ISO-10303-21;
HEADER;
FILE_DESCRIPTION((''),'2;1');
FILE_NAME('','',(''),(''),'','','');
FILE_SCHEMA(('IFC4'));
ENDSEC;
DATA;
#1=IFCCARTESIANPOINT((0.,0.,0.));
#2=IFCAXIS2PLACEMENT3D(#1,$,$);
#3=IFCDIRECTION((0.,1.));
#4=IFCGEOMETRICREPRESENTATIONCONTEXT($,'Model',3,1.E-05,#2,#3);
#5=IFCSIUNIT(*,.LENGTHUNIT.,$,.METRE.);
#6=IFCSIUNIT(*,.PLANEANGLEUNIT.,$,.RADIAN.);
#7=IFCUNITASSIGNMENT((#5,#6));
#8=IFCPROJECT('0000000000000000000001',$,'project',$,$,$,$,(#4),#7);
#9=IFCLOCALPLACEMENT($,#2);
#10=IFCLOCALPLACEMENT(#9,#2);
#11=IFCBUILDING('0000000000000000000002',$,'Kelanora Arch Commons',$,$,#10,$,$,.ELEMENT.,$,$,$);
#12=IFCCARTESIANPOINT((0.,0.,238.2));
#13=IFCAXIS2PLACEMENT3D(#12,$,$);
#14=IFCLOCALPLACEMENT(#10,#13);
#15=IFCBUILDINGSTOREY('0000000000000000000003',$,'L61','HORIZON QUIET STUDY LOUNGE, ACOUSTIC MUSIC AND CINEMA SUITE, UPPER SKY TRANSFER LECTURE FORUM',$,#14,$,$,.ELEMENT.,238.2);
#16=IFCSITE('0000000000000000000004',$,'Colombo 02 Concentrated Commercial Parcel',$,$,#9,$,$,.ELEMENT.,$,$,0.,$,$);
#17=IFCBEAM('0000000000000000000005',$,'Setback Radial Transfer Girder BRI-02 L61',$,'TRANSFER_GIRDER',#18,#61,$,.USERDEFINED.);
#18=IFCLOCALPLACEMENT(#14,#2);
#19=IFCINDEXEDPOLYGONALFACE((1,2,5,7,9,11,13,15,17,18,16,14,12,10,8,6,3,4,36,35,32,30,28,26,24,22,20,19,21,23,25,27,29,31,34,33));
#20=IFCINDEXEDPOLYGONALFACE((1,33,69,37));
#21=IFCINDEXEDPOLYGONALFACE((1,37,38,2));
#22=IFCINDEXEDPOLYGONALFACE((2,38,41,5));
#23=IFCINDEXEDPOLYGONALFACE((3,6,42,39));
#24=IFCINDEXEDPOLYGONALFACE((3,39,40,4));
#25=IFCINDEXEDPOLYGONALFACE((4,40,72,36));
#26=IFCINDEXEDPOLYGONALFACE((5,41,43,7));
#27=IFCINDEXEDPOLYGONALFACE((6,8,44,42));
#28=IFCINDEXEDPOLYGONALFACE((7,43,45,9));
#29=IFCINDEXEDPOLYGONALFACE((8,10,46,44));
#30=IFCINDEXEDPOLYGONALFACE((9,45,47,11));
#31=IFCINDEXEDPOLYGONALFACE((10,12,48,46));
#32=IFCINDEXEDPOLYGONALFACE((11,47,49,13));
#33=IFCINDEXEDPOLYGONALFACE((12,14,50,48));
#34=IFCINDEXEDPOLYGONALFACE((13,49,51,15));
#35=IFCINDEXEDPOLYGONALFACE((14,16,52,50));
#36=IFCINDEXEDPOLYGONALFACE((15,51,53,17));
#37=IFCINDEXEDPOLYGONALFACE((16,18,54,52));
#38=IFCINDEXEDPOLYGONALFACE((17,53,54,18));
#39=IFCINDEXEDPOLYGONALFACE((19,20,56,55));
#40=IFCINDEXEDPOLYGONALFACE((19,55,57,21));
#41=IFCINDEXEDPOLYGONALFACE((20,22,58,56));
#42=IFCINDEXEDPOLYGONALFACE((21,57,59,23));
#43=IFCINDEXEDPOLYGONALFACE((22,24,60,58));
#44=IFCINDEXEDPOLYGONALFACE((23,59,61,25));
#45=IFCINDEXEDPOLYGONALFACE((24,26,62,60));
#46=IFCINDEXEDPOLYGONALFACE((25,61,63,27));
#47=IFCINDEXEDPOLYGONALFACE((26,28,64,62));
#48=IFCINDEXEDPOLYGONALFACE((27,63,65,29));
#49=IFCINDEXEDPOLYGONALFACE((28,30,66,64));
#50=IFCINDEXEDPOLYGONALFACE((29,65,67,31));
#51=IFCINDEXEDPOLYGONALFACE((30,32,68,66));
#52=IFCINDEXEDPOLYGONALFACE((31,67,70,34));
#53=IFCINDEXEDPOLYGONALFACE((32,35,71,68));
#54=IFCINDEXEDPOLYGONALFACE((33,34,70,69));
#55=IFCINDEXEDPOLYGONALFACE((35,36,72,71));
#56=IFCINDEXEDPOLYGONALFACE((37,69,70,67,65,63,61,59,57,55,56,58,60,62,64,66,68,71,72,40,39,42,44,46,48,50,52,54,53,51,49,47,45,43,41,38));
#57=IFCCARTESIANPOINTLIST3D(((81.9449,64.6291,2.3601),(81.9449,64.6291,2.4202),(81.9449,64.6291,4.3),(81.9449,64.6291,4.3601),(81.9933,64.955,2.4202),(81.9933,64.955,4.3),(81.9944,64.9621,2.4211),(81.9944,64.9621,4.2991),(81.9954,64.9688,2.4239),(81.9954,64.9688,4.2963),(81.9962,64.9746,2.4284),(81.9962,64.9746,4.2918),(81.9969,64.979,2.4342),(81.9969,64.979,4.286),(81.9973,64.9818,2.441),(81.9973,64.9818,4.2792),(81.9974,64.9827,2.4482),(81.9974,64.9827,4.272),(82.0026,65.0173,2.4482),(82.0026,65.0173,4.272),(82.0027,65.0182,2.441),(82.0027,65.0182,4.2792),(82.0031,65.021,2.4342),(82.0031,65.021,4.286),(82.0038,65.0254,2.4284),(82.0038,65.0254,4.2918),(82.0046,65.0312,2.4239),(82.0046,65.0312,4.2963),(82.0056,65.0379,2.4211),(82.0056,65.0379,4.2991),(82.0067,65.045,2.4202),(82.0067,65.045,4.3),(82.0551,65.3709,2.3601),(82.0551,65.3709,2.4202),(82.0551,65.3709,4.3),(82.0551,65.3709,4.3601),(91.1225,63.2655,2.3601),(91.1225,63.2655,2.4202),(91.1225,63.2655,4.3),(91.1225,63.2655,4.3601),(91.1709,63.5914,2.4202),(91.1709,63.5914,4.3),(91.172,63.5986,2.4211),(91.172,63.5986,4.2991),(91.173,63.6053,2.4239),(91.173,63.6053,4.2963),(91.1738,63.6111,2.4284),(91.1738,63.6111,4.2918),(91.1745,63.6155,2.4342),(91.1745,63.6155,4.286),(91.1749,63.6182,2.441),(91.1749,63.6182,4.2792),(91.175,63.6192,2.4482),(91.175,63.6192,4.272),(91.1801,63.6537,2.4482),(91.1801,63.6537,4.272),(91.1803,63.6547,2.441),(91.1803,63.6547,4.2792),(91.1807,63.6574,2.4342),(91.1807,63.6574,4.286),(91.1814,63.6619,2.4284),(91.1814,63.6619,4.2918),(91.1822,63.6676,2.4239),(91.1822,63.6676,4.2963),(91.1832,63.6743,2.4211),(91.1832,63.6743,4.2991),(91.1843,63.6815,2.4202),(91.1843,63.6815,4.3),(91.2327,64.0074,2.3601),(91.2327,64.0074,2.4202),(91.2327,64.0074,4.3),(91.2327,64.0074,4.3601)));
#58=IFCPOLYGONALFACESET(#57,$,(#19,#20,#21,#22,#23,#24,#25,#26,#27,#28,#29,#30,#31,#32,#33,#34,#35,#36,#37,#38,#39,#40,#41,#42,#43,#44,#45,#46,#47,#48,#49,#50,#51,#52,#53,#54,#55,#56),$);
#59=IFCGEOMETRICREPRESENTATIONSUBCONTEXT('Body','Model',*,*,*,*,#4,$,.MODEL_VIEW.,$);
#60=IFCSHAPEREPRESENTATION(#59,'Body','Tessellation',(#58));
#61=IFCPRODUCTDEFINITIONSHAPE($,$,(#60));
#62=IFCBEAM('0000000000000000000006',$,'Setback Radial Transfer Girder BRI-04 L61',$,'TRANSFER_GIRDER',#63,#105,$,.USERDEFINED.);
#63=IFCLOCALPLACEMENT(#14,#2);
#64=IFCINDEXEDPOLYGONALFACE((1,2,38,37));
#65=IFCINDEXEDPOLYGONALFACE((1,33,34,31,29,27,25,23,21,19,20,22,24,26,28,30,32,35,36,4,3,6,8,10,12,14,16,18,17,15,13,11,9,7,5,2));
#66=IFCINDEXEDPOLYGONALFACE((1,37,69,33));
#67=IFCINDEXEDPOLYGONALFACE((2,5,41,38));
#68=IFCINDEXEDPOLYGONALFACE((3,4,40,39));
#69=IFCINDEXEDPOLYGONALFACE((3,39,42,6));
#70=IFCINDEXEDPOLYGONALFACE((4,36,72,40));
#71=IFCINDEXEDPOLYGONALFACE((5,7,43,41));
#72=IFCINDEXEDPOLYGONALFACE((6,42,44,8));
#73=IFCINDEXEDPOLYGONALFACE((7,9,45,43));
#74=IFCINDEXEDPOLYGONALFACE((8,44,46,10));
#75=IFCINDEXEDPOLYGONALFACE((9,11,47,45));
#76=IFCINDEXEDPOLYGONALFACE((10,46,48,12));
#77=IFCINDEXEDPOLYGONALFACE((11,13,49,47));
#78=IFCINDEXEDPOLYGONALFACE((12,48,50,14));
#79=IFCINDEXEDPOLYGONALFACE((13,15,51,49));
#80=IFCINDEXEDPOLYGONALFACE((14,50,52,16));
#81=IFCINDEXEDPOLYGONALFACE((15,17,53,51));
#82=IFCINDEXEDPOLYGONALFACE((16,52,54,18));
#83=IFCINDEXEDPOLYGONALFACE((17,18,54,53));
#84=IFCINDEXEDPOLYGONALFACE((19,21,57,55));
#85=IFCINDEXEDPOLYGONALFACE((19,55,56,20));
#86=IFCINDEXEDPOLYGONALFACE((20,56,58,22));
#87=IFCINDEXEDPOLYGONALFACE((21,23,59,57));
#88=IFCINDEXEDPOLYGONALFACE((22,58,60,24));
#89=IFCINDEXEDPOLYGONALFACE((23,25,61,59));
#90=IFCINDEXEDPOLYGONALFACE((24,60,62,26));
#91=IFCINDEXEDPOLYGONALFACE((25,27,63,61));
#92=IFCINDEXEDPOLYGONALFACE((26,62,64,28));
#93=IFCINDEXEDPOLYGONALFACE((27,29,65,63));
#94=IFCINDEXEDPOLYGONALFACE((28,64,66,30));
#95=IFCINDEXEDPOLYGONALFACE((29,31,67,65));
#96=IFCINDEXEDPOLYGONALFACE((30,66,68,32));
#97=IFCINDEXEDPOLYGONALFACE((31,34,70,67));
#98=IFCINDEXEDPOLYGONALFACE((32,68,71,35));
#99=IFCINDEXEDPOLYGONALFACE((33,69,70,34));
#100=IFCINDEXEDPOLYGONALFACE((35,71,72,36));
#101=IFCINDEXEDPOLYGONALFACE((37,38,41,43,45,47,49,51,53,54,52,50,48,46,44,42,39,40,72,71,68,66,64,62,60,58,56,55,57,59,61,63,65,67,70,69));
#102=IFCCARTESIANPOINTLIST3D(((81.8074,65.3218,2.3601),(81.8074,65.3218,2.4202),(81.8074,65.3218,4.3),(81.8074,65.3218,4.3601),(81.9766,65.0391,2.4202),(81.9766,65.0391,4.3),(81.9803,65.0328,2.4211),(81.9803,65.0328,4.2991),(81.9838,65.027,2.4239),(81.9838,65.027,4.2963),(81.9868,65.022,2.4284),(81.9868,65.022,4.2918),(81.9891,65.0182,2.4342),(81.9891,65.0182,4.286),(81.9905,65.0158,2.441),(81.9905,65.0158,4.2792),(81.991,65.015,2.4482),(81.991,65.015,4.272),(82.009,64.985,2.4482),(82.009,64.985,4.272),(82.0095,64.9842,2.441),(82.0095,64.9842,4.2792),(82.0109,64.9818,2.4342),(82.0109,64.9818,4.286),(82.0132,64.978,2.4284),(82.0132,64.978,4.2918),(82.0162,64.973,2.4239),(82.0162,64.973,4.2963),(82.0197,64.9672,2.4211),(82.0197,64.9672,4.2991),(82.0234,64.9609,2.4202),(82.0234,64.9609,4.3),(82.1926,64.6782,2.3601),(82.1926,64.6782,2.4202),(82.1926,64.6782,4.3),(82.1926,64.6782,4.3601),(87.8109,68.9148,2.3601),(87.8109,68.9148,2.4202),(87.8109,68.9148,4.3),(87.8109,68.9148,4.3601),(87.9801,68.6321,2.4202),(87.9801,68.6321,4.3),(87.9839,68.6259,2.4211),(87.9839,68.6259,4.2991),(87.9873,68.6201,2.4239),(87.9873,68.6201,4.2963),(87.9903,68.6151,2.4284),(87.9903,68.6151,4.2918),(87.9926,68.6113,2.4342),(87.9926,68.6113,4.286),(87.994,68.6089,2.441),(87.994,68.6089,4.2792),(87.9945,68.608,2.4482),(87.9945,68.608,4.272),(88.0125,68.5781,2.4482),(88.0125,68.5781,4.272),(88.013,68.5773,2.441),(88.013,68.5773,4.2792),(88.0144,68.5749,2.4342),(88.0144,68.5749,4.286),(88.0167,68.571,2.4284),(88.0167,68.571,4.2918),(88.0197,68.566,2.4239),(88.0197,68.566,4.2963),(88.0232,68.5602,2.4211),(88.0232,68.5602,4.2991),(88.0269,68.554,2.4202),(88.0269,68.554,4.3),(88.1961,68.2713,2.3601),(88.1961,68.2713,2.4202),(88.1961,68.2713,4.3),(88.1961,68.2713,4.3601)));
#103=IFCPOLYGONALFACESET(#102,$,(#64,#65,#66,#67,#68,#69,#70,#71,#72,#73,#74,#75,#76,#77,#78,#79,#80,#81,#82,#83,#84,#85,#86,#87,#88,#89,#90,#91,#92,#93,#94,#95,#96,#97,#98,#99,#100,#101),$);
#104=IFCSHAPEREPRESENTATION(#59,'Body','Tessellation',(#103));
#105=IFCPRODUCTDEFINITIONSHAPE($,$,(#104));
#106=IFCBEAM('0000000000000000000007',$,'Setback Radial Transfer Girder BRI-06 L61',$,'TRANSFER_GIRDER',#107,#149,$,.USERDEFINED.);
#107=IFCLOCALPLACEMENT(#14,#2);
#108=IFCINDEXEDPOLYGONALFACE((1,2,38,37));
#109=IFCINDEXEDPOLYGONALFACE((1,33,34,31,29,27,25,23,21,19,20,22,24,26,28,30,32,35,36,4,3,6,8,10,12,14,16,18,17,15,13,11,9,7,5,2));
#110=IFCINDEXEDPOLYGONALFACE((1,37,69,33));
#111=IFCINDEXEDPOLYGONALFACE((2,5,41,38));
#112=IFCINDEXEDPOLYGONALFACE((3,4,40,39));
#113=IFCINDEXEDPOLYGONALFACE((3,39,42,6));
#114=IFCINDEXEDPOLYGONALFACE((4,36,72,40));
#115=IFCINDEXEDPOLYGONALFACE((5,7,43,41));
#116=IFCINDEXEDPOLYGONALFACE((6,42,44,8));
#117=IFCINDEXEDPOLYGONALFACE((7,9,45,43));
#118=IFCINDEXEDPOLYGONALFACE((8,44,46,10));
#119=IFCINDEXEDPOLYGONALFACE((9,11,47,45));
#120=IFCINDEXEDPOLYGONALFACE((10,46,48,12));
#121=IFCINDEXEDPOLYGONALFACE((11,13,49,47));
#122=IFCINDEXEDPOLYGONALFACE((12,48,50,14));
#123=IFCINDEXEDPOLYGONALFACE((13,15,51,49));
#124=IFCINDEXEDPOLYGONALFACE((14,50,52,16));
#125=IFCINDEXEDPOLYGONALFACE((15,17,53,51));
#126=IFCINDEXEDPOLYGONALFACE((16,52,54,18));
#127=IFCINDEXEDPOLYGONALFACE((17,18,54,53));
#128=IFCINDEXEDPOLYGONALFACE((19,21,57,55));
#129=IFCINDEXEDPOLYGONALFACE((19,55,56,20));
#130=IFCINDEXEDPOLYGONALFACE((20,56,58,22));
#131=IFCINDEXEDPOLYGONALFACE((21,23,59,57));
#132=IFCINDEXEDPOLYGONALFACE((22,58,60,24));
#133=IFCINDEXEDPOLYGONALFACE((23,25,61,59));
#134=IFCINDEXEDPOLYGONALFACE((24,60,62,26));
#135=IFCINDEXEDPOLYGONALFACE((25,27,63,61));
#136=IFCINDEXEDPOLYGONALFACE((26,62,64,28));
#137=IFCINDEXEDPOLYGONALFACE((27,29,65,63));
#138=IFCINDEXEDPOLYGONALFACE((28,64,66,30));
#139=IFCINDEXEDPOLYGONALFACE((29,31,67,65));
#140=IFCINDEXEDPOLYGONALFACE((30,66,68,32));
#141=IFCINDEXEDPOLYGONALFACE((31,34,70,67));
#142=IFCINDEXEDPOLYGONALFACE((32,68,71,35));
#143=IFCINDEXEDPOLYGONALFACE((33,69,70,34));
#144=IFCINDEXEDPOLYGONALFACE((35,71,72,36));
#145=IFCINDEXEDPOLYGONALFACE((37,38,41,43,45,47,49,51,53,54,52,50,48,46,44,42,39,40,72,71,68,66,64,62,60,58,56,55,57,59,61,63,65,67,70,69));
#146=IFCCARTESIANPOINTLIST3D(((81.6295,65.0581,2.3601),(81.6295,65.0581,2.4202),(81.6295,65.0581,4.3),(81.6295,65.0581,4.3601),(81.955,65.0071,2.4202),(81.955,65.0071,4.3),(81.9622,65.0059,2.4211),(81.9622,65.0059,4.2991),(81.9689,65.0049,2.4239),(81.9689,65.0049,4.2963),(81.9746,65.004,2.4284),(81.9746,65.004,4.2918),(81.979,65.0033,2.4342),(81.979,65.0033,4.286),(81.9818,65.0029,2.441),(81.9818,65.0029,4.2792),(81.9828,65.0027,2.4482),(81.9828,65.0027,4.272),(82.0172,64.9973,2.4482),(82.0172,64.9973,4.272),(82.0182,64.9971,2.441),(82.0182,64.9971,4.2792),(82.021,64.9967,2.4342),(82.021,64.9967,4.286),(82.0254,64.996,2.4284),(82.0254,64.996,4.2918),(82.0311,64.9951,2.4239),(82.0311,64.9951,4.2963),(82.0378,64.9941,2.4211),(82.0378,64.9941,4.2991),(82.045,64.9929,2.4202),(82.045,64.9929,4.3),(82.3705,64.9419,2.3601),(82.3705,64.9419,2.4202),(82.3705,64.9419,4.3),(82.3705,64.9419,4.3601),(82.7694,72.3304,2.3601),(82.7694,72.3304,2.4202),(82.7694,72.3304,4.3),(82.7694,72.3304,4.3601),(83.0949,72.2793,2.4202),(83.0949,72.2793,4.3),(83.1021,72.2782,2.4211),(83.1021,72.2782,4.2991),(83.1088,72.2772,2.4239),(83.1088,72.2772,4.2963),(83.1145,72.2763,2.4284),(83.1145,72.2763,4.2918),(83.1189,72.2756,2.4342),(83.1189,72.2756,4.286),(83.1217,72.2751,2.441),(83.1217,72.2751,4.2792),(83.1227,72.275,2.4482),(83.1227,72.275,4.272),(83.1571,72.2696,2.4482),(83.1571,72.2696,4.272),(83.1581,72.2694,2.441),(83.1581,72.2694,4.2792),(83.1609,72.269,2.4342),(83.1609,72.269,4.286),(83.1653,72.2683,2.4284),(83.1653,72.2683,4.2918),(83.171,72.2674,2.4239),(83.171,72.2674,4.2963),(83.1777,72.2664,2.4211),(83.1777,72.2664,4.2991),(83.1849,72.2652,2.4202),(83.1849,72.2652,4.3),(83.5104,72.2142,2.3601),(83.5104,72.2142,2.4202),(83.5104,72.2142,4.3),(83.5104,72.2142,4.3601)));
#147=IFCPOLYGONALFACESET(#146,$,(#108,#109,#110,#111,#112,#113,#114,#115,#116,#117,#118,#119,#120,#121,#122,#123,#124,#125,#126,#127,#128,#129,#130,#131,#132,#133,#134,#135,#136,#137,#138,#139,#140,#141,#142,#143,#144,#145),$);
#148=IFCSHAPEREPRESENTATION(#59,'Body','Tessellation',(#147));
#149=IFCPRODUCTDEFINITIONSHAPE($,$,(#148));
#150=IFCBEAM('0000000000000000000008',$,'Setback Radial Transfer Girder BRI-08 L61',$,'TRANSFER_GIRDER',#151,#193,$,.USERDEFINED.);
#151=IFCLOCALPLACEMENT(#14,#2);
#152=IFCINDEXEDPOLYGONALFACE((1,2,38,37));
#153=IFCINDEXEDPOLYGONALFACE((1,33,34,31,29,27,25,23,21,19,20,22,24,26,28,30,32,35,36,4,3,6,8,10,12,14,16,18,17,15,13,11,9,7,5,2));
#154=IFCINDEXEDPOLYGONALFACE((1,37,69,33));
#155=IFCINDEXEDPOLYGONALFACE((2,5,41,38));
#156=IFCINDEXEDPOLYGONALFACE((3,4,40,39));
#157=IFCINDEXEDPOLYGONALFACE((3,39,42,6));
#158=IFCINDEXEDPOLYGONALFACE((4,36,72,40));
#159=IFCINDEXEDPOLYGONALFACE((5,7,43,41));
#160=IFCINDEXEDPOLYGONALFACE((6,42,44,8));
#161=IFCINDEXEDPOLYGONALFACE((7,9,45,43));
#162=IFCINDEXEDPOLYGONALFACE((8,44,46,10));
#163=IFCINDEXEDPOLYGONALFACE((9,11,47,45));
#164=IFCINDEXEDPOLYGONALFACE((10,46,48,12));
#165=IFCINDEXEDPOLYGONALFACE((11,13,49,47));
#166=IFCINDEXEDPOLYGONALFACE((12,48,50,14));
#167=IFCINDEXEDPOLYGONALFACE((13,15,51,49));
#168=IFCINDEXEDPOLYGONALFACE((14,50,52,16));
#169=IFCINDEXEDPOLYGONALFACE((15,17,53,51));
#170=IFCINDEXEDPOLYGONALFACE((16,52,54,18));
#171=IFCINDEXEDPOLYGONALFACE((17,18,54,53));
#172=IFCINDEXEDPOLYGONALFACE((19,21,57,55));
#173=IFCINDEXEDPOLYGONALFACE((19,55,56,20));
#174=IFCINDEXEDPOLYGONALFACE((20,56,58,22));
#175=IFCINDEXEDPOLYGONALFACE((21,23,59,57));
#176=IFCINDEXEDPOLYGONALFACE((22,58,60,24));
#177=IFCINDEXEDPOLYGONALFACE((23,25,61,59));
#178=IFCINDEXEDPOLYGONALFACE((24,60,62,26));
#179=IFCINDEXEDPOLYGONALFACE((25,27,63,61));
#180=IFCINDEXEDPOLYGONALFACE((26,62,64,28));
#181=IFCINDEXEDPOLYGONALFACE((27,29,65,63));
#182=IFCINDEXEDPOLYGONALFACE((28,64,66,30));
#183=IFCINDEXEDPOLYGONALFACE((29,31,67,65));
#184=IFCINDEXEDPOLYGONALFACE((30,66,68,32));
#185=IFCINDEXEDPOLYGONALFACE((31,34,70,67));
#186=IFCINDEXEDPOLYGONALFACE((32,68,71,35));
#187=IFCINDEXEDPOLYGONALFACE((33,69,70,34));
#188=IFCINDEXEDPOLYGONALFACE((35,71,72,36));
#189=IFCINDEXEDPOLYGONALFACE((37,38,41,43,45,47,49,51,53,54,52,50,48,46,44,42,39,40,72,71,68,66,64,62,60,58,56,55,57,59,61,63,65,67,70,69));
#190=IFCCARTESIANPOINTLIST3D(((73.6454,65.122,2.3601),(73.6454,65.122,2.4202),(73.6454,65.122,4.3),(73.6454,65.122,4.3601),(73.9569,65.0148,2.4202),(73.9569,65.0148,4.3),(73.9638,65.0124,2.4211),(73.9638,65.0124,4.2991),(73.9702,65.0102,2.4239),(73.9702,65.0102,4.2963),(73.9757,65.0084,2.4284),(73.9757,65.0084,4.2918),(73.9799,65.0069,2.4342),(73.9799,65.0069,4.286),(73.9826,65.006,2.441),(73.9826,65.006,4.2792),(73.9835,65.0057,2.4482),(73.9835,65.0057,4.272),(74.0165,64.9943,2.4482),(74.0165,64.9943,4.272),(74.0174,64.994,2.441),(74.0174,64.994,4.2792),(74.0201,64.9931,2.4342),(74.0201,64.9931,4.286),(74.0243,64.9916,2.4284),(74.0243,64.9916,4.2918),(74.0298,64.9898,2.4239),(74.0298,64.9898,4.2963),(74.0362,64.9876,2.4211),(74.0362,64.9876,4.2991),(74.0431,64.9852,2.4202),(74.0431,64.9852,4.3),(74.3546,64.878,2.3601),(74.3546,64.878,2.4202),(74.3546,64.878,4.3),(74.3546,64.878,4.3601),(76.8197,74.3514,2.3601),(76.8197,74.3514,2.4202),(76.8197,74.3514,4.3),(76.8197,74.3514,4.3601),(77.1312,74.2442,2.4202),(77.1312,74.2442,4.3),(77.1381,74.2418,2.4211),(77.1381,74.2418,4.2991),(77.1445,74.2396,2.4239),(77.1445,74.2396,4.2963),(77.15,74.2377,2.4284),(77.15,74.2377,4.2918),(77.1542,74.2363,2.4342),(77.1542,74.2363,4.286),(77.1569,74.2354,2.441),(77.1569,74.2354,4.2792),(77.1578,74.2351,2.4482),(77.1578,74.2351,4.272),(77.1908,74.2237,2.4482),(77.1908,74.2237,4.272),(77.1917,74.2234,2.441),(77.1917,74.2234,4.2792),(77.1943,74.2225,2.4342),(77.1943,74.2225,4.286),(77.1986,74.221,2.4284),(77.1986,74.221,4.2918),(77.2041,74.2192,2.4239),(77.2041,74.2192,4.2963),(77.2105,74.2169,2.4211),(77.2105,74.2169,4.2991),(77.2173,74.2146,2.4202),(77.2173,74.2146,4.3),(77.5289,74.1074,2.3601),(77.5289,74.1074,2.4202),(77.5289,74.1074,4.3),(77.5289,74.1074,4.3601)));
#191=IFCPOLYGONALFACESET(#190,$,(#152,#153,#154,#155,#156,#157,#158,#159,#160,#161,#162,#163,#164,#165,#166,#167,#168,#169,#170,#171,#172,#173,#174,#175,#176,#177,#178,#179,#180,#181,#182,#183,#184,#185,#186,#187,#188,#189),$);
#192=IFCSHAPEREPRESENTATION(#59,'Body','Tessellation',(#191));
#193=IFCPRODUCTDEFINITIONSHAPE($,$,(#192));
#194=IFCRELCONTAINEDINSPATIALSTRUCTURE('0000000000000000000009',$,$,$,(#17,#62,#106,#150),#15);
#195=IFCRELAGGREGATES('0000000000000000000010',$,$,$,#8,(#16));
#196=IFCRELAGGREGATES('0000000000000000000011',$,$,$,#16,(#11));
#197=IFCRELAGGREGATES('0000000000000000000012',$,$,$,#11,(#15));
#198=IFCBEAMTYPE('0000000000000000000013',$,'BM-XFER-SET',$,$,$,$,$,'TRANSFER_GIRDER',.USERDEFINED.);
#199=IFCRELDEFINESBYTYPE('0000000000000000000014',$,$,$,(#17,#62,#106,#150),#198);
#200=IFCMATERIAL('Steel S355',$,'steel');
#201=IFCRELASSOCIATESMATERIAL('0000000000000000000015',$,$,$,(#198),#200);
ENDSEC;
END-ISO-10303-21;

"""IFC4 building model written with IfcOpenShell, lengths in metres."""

from ifc_helpers import new_model, si_unit, direction, frame, origin, origin_2d, place, context, subcontext, project, spatial, i_section, extrude, material, material_profile, profile_set, type_object, element, save


model = new_model("IFC4")

# Units and contexts
model_context = context("Model", 3, precision=1e-05, world=origin(), true_north=direction((0.0, 1.0)))
body_context = subcontext(model_context, "Body", "Model", "MODEL_VIEW")
ifc_project = project(units=[si_unit("LENGTHUNIT", "METRE"), si_unit("PLANEANGLEUNIT", "RADIAN")], contexts=[model_context])

# Site, building, storey
site_placement = place(None, origin())
site = spatial("IfcSite", under=ifc_project, at=site_placement, Name="Colombo 02 Concentrated Commercial Parcel", CompositionType="ELEMENT", RefElevation=0.0)
building_placement = place(site_placement, origin())
building = spatial("IfcBuilding", under=site, at=building_placement, Name="Kelanora Arch Commons", CompositionType="ELEMENT")
storey_placement = place(building_placement, frame((0.0, 0.0, 238.2)))
storey = spatial("IfcBuildingStorey", under=building, at=storey_placement, Name="L61", Description="HORIZON QUIET STUDY LOUNGE, ACOUSTIC MUSIC AND CINEMA SUITE, UPPER SKY TRANSFER LECTURE FORUM", CompositionType="ELEMENT", Elevation=238.2)

# Beams
ifc_material_1 = material(Name="Steel S355", Category="steel")
ifc_material_profile_1 = material_profile(ifc_material_1, i_section(OverallWidth=0.75, OverallDepth=2.0, WebThickness=0.0349, FlangeThickness=0.0601, FilletRadius=0.0281, at=origin_2d()), Name="PG2000x750")
ifc_profile_set_1 = profile_set([ifc_material_profile_1], Name="Steel S355")
beam_type_1 = type_object("IfcBeamType", Name="BM-XFER-SET", ElementType="TRANSFER_GIRDER", PredefinedType="USERDEFINED", material=ifc_profile_set_1)
beam_1_placement = place(storey_placement, frame((82.0, 65.0, 3.3601), z_axis=(0.989142, -0.14696, 0.0), x_axis=(0.14696, 0.989142, 0.0)))
element("IfcBeam", 1, at=beam_1_placement, inside=storey, type_object=beam_type_1, Name="Setback Radial Transfer Girder BRI-02 L61", ObjectType="TRANSFER_GIRDER", PredefinedType="USERDEFINED", context=body_context, shape_type="SweptSolid", body=[
    extrude(i_section(OverallWidth=0.75, OverallDepth=2.0, WebThickness=0.0349, FlangeThickness=0.0601, FilletRadius=0.0281, at=origin_2d()), origin(), (0.0, 0.0, 1.0), 9.2783),
])
beam_2_placement = place(storey_placement, frame((82.0, 65.0, 3.3601), z_axis=(0.858062, 0.513546, 0.0), x_axis=(-0.513546, 0.858062, 0.0)))
element("IfcBeam", 2, at=beam_2_placement, inside=storey, type_object=beam_type_1, Name="Setback Radial Transfer Girder BRI-04 L61", ObjectType="TRANSFER_GIRDER", PredefinedType="USERDEFINED", context=body_context, shape_type="SweptSolid", body=[
    extrude(i_section(OverallWidth=0.75, OverallDepth=2.0, WebThickness=0.0349, FlangeThickness=0.0601, FilletRadius=0.0281, at=origin_2d()), origin(), (0.0, 0.0, 1.0), 6.9966),
])
beam_3_placement = place(storey_placement, frame((82.0, 65.0, 3.3601), z_axis=(0.154855, 0.987937, 0.0), x_axis=(-0.987937, 0.154855, 0.0)))
element("IfcBeam", 3, at=beam_3_placement, inside=storey, type_object=beam_type_1, Name="Setback Radial Transfer Girder BRI-06 L61", ObjectType="TRANSFER_GIRDER", PredefinedType="USERDEFINED", context=body_context, shape_type="SweptSolid", body=[
    extrude(i_section(OverallWidth=0.75, OverallDepth=2.0, WebThickness=0.0349, FlangeThickness=0.0601, FilletRadius=0.0281, at=origin_2d()), origin(), (0.0, 0.0, 1.0), 7.3611),
])
beam_4_placement = place(storey_placement, frame((74.0, 65.0, 3.3601), z_axis=(0.325234, 0.945634, 0.0), x_axis=(-0.945634, 0.325234, 0.0)))
element("IfcBeam", 4, at=beam_4_placement, inside=storey, type_object=beam_type_1, Name="Setback Radial Transfer Girder BRI-08 L61", ObjectType="TRANSFER_GIRDER", PredefinedType="USERDEFINED", context=body_context, shape_type="SweptSolid", body=[
    extrude(i_section(OverallWidth=0.75, OverallDepth=2.0, WebThickness=0.0349, FlangeThickness=0.0601, FilletRadius=0.0281, at=origin_2d()), origin(), (0.0, 0.0, 1.0), 9.76),
])

save(model, "model.ifc")
